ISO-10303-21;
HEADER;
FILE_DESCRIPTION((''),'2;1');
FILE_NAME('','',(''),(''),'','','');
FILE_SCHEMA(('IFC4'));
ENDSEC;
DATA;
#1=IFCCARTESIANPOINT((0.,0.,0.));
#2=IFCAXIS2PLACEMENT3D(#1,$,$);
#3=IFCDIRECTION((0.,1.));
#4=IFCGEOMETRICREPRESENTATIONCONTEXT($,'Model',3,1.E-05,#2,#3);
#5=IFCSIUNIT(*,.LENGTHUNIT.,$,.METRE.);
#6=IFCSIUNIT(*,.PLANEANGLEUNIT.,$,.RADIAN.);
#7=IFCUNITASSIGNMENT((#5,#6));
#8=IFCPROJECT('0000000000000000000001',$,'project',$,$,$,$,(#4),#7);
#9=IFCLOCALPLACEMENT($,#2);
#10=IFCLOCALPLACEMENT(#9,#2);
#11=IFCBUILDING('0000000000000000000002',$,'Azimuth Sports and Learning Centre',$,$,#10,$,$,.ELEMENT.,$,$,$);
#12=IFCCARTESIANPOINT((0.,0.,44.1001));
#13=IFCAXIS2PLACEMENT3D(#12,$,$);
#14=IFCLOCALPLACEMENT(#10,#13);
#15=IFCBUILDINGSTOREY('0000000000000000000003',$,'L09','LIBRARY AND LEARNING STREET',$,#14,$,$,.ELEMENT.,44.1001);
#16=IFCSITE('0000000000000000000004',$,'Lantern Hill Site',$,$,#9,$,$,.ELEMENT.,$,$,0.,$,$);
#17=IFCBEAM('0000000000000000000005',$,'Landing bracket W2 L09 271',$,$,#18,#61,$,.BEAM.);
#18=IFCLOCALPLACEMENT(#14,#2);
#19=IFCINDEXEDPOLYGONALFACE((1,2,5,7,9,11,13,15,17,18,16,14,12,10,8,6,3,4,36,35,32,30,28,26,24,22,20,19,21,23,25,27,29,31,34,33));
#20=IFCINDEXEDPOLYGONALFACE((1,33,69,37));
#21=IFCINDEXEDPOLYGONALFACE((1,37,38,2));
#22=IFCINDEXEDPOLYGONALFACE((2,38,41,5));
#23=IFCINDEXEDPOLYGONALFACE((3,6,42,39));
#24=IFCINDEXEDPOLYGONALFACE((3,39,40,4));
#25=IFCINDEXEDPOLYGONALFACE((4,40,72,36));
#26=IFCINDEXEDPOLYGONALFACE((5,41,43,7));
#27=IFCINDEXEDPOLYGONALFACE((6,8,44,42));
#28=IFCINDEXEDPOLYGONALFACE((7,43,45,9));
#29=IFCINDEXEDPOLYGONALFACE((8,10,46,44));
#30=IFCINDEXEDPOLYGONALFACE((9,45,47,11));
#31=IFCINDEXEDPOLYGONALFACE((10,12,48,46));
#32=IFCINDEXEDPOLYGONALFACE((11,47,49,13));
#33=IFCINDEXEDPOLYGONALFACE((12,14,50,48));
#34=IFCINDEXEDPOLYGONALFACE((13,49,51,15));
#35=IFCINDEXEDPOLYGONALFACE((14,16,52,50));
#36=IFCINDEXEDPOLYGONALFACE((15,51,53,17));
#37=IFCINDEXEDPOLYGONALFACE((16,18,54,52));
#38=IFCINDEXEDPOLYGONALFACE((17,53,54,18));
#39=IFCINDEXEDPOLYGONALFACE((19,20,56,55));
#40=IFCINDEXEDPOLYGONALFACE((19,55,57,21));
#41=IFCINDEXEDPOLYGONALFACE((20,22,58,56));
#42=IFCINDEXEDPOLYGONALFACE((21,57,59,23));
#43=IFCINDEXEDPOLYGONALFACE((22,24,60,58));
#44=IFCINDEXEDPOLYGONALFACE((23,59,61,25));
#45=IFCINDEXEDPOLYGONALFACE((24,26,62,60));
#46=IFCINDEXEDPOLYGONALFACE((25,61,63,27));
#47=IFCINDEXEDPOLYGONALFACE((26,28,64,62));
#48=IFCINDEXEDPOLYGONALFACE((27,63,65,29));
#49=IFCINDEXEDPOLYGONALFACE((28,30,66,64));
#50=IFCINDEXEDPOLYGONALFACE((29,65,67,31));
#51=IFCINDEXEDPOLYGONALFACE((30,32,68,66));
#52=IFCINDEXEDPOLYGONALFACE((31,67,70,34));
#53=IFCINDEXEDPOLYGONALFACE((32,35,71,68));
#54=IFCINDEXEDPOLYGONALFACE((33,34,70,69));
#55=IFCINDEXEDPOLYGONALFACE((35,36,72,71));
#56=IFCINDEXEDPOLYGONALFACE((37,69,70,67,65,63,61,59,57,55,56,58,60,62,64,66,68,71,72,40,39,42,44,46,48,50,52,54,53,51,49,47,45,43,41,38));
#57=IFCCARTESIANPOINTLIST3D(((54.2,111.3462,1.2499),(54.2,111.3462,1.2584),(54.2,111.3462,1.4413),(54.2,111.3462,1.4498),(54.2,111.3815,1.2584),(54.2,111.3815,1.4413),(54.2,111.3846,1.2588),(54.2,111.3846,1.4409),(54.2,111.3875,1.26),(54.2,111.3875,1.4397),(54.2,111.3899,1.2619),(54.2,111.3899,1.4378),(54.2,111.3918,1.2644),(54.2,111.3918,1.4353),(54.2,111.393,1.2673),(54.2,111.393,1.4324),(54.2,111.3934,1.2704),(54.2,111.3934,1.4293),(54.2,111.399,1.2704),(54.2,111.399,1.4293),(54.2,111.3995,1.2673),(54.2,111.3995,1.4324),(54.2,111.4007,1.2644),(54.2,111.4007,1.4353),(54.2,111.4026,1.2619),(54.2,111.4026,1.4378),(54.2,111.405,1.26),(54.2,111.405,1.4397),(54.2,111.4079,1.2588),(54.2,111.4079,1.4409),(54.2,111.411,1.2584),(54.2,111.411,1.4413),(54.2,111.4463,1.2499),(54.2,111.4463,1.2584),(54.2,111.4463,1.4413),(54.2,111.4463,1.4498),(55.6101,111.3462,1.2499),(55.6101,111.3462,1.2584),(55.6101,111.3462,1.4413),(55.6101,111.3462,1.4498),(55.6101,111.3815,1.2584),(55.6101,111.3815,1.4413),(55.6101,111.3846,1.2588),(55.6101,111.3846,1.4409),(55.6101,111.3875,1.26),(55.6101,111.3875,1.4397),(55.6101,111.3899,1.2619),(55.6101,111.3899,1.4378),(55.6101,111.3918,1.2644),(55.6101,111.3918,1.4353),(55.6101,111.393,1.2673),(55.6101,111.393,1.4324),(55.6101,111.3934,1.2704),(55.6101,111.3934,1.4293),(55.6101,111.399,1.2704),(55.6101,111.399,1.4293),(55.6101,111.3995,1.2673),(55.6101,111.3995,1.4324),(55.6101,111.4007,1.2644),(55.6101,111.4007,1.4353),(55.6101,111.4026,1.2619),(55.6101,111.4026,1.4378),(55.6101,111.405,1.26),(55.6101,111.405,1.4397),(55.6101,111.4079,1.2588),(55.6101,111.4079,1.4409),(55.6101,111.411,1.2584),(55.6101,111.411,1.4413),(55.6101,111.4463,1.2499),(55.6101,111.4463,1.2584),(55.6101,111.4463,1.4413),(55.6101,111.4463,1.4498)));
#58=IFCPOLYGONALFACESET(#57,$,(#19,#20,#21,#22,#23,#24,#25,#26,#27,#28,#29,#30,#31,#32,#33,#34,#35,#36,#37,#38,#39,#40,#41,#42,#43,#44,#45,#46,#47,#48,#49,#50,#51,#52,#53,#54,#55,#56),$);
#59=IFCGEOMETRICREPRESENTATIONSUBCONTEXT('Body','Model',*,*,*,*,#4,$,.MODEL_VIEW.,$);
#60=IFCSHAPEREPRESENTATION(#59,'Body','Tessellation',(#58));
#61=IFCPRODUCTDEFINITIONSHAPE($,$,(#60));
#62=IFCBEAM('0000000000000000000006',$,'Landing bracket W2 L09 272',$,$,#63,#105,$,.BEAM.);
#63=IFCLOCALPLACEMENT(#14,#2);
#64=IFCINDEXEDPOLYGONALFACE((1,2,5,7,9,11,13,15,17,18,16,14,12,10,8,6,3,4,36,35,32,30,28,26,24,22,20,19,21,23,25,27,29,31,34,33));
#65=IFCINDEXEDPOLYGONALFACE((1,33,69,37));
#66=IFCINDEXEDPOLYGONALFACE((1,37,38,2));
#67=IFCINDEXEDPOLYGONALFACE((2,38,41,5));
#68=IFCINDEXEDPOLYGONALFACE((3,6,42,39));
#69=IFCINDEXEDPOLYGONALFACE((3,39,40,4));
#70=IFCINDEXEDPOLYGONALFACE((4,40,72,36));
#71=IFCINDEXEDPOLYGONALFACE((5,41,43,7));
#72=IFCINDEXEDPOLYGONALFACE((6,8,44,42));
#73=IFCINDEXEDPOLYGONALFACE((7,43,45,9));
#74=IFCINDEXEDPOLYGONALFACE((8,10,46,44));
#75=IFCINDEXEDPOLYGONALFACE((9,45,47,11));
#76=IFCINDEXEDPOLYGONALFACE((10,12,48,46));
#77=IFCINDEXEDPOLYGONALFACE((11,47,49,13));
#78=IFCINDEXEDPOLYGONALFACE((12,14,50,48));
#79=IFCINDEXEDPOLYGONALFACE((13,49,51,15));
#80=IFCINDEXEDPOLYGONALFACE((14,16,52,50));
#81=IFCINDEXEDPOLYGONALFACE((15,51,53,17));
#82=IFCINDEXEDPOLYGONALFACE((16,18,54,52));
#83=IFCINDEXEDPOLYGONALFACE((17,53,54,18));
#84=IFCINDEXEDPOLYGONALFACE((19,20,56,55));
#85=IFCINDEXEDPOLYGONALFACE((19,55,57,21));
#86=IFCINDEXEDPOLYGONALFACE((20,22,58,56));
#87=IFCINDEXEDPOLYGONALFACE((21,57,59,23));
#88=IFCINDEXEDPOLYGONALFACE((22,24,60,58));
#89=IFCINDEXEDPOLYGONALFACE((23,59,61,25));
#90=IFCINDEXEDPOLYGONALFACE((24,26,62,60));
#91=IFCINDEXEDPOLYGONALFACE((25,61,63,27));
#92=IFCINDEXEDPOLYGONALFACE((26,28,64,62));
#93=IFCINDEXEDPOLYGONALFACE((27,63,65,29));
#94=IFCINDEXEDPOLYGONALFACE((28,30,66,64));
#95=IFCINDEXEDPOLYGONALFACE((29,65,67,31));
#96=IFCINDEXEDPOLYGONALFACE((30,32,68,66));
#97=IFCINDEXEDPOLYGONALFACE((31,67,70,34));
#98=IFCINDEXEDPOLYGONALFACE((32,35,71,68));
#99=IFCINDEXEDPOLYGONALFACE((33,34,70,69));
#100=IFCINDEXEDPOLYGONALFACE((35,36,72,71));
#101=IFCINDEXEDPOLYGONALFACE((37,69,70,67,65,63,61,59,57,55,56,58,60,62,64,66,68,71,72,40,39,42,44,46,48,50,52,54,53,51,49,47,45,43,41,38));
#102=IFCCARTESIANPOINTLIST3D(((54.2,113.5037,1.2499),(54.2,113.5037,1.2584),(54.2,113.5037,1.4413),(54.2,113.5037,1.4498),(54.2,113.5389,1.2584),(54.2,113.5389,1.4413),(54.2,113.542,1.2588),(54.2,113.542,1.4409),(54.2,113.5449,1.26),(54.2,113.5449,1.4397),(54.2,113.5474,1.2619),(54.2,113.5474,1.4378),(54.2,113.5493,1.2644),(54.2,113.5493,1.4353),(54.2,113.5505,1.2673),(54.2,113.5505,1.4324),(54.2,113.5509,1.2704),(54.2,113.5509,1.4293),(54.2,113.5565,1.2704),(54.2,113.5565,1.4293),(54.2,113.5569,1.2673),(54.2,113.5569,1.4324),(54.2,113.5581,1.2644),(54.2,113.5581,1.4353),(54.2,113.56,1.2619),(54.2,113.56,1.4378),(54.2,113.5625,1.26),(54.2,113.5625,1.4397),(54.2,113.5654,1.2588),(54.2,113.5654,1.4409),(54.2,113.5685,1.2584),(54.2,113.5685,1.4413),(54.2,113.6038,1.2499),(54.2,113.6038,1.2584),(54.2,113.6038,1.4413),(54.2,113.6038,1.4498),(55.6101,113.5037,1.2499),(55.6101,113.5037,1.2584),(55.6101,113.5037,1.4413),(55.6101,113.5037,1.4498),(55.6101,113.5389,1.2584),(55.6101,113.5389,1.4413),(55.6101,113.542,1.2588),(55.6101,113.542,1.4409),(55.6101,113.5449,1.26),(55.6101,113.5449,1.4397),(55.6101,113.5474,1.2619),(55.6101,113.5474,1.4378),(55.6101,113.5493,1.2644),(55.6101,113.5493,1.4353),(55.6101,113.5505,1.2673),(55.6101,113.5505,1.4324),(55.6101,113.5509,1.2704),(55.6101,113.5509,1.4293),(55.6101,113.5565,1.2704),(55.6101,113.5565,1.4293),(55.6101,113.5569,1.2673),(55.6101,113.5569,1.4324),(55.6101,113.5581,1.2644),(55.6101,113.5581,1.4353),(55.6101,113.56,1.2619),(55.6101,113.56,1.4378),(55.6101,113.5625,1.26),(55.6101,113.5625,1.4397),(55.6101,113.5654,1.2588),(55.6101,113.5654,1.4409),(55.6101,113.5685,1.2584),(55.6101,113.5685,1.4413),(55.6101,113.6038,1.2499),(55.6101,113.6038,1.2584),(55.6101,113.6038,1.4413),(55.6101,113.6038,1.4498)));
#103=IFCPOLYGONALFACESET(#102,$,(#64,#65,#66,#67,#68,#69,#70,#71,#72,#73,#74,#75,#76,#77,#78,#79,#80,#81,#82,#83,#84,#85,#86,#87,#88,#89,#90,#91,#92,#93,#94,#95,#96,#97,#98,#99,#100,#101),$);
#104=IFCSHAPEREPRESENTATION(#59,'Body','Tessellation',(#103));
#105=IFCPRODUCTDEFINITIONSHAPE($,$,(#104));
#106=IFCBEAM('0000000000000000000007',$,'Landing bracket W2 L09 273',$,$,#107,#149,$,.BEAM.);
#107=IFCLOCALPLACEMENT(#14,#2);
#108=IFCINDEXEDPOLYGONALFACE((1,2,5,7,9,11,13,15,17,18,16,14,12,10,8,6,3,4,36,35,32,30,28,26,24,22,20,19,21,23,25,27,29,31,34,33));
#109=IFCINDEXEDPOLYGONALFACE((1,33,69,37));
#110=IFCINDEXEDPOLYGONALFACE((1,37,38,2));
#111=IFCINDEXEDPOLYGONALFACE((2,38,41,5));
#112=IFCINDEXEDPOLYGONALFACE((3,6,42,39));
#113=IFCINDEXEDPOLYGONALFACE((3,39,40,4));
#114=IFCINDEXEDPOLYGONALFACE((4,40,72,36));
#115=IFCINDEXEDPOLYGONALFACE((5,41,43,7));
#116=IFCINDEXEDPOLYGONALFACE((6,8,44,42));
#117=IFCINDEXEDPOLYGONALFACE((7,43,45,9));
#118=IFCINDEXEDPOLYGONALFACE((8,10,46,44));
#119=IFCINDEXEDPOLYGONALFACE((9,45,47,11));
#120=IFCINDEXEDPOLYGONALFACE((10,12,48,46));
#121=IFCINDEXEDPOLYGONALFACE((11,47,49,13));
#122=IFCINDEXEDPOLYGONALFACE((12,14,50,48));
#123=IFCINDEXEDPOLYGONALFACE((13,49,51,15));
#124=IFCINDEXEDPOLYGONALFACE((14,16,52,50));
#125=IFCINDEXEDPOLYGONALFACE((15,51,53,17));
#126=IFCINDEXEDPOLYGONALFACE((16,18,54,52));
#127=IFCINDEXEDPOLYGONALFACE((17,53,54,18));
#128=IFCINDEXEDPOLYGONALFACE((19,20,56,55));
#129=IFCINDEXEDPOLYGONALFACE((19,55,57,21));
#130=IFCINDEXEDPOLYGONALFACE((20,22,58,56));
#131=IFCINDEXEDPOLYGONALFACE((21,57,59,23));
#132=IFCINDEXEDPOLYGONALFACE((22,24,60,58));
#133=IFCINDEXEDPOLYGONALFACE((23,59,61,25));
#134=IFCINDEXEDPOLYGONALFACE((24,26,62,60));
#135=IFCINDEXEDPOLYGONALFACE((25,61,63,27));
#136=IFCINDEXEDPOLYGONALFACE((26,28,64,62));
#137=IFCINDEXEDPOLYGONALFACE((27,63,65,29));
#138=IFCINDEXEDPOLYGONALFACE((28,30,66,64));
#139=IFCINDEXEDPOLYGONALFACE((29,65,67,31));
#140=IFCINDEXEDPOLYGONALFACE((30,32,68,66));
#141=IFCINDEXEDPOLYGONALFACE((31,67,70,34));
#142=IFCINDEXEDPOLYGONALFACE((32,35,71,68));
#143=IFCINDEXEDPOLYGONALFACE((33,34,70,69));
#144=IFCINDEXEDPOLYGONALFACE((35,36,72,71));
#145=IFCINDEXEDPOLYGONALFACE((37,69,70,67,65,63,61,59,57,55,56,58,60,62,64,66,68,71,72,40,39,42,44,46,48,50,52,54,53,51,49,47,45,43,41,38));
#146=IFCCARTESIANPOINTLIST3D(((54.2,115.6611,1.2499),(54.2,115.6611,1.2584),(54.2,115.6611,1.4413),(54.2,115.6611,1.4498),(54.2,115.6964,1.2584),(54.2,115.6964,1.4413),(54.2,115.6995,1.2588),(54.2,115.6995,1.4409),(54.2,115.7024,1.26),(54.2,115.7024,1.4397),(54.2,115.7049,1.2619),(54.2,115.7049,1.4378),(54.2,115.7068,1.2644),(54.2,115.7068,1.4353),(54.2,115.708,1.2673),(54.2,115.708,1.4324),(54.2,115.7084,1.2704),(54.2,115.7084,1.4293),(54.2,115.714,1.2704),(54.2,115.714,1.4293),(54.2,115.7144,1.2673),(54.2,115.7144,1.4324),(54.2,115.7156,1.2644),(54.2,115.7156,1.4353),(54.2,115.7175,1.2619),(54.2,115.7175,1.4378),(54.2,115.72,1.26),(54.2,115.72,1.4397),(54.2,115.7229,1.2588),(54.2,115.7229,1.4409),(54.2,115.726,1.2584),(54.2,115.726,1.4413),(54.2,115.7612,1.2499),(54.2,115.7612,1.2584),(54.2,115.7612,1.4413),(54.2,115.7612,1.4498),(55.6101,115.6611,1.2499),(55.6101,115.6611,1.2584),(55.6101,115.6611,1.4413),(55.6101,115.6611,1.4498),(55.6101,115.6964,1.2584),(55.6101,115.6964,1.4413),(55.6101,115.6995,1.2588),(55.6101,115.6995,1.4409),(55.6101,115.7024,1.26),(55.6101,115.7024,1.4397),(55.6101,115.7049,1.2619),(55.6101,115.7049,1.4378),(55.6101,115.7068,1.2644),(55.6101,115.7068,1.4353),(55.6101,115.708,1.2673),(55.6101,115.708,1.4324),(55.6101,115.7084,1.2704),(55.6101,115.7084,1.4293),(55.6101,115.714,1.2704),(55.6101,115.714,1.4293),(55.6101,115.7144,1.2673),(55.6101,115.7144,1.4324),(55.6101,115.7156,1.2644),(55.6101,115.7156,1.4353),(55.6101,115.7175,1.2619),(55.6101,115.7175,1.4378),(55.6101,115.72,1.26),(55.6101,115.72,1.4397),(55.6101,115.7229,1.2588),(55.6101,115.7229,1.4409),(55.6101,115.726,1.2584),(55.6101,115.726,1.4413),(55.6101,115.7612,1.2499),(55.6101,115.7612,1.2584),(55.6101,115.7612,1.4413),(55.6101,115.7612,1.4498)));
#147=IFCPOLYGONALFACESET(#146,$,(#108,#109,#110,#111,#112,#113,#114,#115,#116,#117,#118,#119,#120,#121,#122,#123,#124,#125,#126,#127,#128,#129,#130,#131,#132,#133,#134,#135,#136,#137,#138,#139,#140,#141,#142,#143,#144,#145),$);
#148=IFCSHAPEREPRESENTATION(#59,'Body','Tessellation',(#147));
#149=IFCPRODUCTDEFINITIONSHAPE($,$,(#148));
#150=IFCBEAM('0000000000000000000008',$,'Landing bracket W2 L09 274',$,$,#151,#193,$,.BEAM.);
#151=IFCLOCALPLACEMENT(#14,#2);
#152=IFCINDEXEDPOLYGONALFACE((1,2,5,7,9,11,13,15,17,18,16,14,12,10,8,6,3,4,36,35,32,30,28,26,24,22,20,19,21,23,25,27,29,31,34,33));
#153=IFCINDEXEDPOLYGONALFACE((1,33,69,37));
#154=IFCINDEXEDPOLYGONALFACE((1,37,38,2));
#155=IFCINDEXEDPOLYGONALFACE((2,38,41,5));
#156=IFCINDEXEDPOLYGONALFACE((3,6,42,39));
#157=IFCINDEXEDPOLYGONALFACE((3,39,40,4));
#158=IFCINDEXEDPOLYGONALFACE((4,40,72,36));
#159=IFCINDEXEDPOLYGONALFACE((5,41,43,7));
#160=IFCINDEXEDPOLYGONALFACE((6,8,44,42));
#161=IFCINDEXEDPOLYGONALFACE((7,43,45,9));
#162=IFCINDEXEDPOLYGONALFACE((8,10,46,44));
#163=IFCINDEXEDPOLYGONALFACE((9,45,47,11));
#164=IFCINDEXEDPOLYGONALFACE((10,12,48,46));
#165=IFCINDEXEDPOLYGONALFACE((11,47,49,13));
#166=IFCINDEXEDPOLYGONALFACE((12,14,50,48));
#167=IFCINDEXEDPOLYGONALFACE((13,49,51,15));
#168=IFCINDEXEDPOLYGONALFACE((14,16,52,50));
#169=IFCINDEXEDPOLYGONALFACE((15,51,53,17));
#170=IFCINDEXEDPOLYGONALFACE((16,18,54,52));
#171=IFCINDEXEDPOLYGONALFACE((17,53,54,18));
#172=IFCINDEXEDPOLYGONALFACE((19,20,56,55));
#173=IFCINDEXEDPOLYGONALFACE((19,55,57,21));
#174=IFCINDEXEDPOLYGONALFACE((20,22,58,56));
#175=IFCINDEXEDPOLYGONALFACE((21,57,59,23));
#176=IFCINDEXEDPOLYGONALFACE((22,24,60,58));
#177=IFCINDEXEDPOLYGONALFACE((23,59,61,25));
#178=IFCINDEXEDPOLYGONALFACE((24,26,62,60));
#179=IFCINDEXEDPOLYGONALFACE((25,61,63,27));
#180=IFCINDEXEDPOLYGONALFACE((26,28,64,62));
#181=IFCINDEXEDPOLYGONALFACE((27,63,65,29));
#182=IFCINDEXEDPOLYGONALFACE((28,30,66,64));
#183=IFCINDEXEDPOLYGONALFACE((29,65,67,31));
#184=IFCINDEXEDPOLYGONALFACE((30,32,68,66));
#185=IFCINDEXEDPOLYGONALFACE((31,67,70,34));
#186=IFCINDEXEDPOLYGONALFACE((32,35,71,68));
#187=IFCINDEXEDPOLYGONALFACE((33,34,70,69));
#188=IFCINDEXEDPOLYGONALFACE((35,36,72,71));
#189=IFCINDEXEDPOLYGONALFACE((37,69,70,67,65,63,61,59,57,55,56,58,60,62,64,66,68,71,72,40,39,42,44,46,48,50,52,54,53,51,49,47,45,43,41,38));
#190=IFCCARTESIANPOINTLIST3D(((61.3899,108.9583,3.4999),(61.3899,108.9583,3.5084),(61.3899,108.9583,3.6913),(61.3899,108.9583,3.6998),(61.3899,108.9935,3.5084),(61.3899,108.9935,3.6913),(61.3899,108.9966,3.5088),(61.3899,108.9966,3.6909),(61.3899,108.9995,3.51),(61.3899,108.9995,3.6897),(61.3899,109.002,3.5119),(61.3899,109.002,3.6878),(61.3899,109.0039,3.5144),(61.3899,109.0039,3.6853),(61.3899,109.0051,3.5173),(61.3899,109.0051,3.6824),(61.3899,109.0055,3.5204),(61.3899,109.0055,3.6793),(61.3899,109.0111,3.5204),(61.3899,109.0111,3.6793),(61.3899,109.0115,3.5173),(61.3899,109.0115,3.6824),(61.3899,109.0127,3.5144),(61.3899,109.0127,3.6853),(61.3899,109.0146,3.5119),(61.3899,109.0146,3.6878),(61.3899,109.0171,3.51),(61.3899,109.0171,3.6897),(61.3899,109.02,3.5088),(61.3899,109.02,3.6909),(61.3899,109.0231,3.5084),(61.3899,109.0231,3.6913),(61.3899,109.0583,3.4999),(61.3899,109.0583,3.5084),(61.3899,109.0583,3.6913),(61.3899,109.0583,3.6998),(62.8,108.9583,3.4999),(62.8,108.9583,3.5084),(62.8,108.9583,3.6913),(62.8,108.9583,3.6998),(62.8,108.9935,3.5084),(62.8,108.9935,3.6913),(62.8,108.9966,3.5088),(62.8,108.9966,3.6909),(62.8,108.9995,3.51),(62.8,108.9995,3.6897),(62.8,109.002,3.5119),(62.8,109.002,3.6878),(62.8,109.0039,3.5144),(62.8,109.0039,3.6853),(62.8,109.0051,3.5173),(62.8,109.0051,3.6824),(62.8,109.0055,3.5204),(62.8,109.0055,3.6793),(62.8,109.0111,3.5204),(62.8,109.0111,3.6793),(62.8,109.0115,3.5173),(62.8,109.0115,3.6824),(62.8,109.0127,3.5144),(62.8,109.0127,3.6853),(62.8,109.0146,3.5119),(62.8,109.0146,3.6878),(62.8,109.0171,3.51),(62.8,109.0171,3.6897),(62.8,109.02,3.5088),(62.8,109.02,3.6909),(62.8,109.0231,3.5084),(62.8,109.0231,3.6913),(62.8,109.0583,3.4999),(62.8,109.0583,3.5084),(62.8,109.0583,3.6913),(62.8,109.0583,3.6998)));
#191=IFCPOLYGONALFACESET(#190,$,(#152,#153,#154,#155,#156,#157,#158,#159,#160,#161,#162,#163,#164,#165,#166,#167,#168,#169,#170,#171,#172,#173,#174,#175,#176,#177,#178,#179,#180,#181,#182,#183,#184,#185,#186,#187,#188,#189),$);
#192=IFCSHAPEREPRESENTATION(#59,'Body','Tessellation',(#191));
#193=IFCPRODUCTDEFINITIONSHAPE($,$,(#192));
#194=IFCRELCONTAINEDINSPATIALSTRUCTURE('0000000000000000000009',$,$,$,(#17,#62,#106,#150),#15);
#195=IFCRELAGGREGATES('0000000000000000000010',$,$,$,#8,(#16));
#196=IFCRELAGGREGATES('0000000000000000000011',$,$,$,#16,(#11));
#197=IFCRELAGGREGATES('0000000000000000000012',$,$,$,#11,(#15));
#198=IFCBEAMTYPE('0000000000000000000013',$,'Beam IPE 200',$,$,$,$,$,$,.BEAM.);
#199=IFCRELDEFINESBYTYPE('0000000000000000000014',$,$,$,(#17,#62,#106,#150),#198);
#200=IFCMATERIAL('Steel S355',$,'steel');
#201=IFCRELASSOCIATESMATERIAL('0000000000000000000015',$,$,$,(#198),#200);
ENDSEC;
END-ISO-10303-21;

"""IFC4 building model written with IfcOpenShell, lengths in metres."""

from ifc_helpers import new_model, si_unit, direction, frame, origin, origin_2d, place, context, subcontext, project, spatial, i_section, extrude, material, material_profile, profile_set, type_object, element, save


model = new_model("IFC4")

# Units and contexts
model_context = context("Model", 3, precision=1e-05, world=origin(), true_north=direction((0.0, 1.0)))
body_context = subcontext(model_context, "Body", "Model", "MODEL_VIEW")
ifc_project = project(units=[si_unit("LENGTHUNIT", "METRE"), si_unit("PLANEANGLEUNIT", "RADIAN")], contexts=[model_context])

# Site, building, storey
site_placement = place(None, origin())
site = spatial("IfcSite", under=ifc_project, at=site_placement, Name="Lantern Hill Site", CompositionType="ELEMENT", RefElevation=0.0)
building_placement = place(site_placement, origin())
building = spatial("IfcBuilding", under=site, at=building_placement, Name="Azimuth Sports and Learning Centre", CompositionType="ELEMENT")
storey_placement = place(building_placement, frame((0.0, 0.0, 44.1001)))
storey = spatial("IfcBuildingStorey", under=building, at=storey_placement, Name="L09", Description="LIBRARY AND LEARNING STREET", CompositionType="ELEMENT", Elevation=44.1001)

# Beams
ifc_material_1 = material(Name="Steel S355", Category="steel")
ifc_material_profile = material_profile(ifc_material_1, i_section(OverallWidth=0.1001, OverallDepth=0.2, WebThickness=0.0056, FlangeThickness=0.0085, FilletRadius=0.012, at=origin_2d()), Name="IPE 200")
ifc_profile_set = profile_set([ifc_material_profile], Name="Steel S355")
beam_type = type_object("IfcBeamType", Name="Beam IPE 200", PredefinedType="BEAM", material=ifc_profile_set)
for number, where, z_axis, x_axis, name in (
    (1, (54.2, 111.3962, 1.3499), (1.0, 0.0, 0.0), (0.0, 1.0, 0.0), "Landing bracket W2 L09 271"),
    (2, (54.2, 113.5537, 1.3499), (1.0, 0.0, 0.0), (0.0, 1.0, 0.0), "Landing bracket W2 L09 272"),
    (3, (54.2, 115.7112, 1.3499), (1.0, 0.0, 0.0), (0.0, 1.0, 0.0), "Landing bracket W2 L09 273"),
    (4, (62.8, 109.0083, 3.5999), (-1.0, 0.0, 0.0), (0.0, -1.0, 0.0), "Landing bracket W2 L09 274"),
):
    element("IfcBeam", number, at=place(storey_placement, frame(where, z_axis=z_axis, x_axis=x_axis)), inside=storey, type_object=beam_type, Name=name, PredefinedType="BEAM", context=body_context, shape_type="SweptSolid", body=[
        extrude(i_section(OverallWidth=0.1001, OverallDepth=0.2, WebThickness=0.0056, FlangeThickness=0.0085, FilletRadius=0.012, at=origin_2d()), origin(), (0.0, 0.0, 1.0), 1.4102),
    ])

save(model, "model.ifc")
